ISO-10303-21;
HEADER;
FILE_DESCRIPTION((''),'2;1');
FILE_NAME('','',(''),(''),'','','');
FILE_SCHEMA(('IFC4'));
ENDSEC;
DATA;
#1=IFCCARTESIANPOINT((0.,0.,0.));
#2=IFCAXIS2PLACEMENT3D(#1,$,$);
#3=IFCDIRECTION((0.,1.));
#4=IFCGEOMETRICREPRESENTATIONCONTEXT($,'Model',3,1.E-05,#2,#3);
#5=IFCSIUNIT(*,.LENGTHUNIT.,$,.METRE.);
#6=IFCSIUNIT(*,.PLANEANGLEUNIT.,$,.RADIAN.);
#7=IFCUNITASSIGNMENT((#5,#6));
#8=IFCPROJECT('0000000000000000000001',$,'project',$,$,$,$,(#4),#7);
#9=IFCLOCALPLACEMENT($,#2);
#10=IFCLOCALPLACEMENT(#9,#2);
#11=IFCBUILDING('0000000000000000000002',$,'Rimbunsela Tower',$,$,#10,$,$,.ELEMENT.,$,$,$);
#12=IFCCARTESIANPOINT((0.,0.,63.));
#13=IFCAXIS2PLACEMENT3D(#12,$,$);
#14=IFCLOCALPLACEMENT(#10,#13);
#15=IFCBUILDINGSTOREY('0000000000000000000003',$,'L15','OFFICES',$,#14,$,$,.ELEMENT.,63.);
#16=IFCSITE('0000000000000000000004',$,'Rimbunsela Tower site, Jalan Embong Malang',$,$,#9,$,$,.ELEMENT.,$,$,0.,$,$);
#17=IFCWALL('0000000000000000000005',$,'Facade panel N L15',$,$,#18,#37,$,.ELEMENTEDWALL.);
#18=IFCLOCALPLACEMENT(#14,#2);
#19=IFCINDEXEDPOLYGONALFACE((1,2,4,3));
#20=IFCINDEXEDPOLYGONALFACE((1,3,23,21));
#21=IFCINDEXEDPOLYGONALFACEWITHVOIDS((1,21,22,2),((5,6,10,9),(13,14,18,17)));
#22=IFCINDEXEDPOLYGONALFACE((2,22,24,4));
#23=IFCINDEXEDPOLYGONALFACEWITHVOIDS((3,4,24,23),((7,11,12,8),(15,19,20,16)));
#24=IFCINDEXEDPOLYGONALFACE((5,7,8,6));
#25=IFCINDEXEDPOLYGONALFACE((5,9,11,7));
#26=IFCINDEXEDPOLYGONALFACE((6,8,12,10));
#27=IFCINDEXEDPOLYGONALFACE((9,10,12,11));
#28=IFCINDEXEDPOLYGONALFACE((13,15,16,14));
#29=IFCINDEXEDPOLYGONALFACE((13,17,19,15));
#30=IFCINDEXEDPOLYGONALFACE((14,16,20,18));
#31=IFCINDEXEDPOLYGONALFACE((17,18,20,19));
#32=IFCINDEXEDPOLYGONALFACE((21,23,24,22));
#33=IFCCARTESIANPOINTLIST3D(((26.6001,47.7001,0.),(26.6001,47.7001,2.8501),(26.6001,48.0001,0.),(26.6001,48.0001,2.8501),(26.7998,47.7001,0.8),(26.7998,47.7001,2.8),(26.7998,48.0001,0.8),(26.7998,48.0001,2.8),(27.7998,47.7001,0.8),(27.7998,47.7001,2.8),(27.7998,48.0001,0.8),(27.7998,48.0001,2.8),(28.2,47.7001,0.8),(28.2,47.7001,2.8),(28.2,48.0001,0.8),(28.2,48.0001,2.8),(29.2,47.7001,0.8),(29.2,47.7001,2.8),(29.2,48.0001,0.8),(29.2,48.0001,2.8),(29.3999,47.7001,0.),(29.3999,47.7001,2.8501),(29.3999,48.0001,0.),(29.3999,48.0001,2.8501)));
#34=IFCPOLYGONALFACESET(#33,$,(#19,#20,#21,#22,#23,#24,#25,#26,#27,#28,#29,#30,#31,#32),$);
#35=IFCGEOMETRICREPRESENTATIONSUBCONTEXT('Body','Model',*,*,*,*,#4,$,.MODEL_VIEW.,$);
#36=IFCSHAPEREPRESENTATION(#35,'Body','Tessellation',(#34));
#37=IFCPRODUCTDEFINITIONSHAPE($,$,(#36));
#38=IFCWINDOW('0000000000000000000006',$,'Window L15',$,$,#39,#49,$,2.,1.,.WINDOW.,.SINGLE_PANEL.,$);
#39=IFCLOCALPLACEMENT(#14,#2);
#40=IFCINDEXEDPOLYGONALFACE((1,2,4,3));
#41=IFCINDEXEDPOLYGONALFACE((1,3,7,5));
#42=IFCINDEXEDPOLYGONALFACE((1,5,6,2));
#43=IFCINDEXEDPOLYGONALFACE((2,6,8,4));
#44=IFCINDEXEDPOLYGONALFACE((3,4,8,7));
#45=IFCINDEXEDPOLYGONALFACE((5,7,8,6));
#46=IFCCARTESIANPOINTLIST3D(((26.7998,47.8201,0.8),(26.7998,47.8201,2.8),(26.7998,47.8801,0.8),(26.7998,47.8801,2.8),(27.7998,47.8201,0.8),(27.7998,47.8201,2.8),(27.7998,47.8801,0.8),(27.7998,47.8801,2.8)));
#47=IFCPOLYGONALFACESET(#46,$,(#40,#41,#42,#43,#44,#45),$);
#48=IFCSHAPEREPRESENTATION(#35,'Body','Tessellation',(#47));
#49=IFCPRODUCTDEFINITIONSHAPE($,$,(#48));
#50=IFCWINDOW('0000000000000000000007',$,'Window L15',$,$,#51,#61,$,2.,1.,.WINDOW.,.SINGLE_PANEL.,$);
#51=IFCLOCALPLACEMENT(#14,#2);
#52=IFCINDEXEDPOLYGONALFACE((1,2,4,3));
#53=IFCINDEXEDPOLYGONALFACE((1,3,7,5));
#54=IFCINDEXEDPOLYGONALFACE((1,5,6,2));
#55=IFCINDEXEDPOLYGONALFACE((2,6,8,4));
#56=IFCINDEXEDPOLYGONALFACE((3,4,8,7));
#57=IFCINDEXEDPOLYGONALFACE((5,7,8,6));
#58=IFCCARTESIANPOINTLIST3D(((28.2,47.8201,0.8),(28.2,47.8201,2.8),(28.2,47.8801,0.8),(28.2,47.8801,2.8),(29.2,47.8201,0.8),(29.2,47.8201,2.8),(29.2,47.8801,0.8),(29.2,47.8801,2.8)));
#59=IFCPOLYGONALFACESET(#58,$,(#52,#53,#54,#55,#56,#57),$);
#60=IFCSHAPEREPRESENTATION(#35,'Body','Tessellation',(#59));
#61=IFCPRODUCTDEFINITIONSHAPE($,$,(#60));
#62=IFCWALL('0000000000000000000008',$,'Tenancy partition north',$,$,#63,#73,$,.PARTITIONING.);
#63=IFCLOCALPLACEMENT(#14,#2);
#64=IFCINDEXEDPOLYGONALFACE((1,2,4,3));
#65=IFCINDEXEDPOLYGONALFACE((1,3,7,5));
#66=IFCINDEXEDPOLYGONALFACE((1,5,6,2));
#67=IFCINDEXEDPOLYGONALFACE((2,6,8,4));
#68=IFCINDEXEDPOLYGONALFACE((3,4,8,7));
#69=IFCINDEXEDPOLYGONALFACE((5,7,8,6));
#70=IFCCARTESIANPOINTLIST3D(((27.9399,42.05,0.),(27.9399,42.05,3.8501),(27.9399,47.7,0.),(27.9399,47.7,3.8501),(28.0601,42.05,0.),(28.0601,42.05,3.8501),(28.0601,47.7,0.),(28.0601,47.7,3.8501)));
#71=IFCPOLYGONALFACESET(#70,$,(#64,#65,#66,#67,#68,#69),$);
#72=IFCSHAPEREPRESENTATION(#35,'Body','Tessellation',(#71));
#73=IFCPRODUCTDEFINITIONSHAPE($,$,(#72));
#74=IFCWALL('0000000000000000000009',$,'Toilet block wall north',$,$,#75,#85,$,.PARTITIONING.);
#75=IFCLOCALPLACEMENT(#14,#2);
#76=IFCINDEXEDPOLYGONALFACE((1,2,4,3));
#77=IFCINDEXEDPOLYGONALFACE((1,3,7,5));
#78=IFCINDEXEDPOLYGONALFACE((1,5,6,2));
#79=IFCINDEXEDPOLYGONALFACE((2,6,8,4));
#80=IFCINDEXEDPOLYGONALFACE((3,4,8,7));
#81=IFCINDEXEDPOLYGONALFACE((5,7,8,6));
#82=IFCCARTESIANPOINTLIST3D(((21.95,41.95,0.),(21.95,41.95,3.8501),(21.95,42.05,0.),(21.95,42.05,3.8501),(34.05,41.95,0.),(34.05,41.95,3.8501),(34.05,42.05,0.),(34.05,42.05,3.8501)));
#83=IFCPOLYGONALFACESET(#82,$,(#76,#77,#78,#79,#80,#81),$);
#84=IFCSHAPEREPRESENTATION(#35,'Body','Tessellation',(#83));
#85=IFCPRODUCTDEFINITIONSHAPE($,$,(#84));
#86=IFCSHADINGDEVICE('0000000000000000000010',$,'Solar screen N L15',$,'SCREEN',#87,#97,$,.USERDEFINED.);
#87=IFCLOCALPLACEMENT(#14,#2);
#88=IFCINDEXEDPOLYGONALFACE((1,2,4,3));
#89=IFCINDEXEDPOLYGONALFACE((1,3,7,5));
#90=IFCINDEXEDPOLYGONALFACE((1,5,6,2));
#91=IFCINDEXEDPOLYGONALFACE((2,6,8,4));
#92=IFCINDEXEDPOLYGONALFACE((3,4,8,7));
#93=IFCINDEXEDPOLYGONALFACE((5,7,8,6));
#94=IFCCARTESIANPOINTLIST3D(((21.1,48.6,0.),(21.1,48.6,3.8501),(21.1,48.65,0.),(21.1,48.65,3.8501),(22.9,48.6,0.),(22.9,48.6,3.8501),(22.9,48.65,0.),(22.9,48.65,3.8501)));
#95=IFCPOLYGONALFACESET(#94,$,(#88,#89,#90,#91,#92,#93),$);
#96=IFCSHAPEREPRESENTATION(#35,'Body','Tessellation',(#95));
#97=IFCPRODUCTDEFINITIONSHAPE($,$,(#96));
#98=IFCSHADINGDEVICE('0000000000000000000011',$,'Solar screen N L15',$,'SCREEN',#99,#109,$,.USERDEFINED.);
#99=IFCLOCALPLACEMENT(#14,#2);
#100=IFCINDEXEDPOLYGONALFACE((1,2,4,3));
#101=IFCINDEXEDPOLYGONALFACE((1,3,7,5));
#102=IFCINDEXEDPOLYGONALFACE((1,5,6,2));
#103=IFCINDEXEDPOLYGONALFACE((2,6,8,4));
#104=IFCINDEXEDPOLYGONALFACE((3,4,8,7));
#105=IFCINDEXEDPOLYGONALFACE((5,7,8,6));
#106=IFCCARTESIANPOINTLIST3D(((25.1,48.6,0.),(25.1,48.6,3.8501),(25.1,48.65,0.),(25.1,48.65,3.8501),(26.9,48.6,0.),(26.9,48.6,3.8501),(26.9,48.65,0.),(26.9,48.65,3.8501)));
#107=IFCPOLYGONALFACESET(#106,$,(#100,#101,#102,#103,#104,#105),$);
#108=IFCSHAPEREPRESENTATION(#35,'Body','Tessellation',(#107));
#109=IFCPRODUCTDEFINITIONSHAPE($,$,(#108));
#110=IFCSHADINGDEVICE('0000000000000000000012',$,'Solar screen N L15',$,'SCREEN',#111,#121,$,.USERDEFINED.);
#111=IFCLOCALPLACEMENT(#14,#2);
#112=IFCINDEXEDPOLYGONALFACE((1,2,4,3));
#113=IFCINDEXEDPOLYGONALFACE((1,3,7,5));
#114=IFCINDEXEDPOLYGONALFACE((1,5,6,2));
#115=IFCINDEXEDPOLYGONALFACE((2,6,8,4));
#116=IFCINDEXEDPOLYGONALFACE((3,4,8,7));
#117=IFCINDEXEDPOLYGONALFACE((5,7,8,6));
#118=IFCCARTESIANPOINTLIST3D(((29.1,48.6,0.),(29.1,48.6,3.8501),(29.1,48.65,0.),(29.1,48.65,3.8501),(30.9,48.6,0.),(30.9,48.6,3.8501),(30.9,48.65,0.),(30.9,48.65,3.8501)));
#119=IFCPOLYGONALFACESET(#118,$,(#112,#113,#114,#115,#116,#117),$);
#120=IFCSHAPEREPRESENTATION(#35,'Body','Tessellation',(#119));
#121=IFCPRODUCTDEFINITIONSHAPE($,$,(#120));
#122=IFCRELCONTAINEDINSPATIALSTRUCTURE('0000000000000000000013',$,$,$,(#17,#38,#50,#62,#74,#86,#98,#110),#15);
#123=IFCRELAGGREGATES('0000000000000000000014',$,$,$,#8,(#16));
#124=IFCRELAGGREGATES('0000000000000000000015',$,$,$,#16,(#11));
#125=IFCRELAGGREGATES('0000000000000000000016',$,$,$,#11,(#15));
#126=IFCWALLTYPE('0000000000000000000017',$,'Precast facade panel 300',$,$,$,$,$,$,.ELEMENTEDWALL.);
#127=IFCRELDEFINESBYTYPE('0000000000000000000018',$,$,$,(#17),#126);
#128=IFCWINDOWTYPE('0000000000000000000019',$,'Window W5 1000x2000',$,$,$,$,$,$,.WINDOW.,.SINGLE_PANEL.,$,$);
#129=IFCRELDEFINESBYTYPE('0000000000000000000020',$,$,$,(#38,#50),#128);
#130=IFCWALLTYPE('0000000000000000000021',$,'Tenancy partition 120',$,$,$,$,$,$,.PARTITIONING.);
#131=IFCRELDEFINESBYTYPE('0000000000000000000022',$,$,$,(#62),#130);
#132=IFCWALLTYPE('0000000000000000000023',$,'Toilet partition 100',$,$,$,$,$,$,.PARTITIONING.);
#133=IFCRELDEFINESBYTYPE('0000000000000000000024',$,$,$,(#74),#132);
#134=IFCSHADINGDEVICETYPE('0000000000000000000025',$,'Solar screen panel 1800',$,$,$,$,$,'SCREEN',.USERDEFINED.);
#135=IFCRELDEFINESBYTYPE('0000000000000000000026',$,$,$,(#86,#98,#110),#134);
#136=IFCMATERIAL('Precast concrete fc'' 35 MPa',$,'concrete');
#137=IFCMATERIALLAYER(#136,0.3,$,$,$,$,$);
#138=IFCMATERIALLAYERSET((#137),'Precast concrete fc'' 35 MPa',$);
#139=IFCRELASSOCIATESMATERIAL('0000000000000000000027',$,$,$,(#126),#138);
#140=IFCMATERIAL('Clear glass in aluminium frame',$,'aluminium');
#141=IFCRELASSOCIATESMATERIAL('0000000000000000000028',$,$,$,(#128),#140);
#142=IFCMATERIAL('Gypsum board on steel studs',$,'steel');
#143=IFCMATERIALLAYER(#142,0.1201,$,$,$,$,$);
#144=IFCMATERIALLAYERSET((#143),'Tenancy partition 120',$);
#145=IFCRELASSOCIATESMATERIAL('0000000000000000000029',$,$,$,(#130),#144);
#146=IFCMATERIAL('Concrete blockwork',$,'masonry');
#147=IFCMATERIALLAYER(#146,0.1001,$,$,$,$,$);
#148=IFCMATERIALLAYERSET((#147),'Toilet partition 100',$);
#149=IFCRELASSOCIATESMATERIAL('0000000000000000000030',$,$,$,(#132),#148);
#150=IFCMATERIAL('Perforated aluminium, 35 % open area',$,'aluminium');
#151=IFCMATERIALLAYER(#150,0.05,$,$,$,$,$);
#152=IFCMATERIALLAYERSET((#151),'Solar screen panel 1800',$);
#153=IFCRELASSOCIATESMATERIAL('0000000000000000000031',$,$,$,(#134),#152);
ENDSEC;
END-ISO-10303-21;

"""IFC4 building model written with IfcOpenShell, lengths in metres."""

from ifc_helpers import new_model, si_unit, direction, frame, frame_2d, origin, origin_2d, place, context, subcontext, project, spatial, rectangle, extrude, material, layer, layer_set, type_object, element, fill, save


model = new_model("IFC4")

# Units and contexts
model_context = context("Model", 3, precision=1e-05, world=origin(), true_north=direction((0.0, 1.0)))
body_context = subcontext(model_context, "Body", "Model", "MODEL_VIEW")
ifc_project = project(units=[si_unit("LENGTHUNIT", "METRE"), si_unit("PLANEANGLEUNIT", "RADIAN")], contexts=[model_context])

# Site, building, storey
site_placement = place(None, origin())
site = spatial("IfcSite", under=ifc_project, at=site_placement, Name="Rimbunsela Tower site, Jalan Embong Malang", CompositionType="ELEMENT", RefElevation=0.0)
building_placement = place(site_placement, origin())
building = spatial("IfcBuilding", under=site, at=building_placement, Name="Rimbunsela Tower", CompositionType="ELEMENT")
storey_placement = place(building_placement, frame((0.0, 0.0, 63.0)))
storey = spatial("IfcBuildingStorey", under=building, at=storey_placement, Name="L15", Description="OFFICES", CompositionType="ELEMENT", Elevation=63.0)

# Shared definitions
ifc_material_1 = material(Name="Precast concrete fc' 35 MPa", Category="concrete")
ifc_layer_1 = layer(ifc_material_1, 0.3)
ifc_layer_set_1 = layer_set([ifc_layer_1], Name="Precast concrete fc' 35 MPa")
wall_type_1 = type_object("IfcWallType", Name="Precast facade panel 300", PredefinedType="ELEMENTEDWALL", material=ifc_layer_set_1)

# Wall, openings, windows
wall_1_placement = place(storey_placement, frame((29.3999, 47.8501, 0.0), z_axis=(0.0, 0.0, 1.0), x_axis=(-1.0, 0.0, 0.0)))
wall_1 = element("IfcWall", 1, at=wall_1_placement, inside=storey, type_object=wall_type_1, Name="Facade panel N L15", PredefinedType="ELEMENTEDWALL", context=body_context, shape_type="SweptSolid", body=[
    extrude(rectangle(XDim=2.7998, YDim=0.3, at=frame_2d((1.3999, 0.0))), origin(), (0.0, 0.0, 1.0), 2.8501),
])
opening_1_placement = place(wall_1_placement, frame((1.6001, 0.0, 0.8)))
opening_1 = element("IfcOpeningElement", 2, at=opening_1_placement, cuts=wall_1, PredefinedType="OPENING", context=body_context, shape_type="SweptSolid", body=[
    extrude(rectangle(XDim=1.0, YDim=2.0, at=frame_2d((0.5, 1.0))), frame((0.0, 0.1599, 0.0), z_axis=(0.0, -1.0, 0.0), x_axis=(1.0, 0.0, 0.0)), (0.0, 0.0, 1.0), 0.3201),
])
opening_2_placement = place(wall_1_placement, frame((0.2, 0.0, 0.8)))
opening_2 = element("IfcOpeningElement", 3, at=opening_2_placement, cuts=wall_1, PredefinedType="OPENING", context=body_context, shape_type="SweptSolid", body=[
    extrude(rectangle(XDim=1.0, YDim=2.0, at=frame_2d((0.5, 1.0))), frame((0.0, 0.1599, 0.0), z_axis=(0.0, -1.0, 0.0), x_axis=(1.0, 0.0, 0.0)), (0.0, 0.0, 1.0), 0.3201),
])
ifc_material_2 = material(Name="Clear glass in aluminium frame", Category="aluminium")
window_type_1 = type_object("IfcWindowType", Name="Window W5 1000x2000", PartitioningType="SINGLE_PANEL", PredefinedType="WINDOW", material=ifc_material_2)
window_1_placement = place(opening_1_placement, origin())
window_1 = element("IfcWindow", 4, at=window_1_placement, inside=storey, type_object=window_type_1, Name="Window L15", OverallHeight=2.0, OverallWidth=1.0, PartitioningType="SINGLE_PANEL", PredefinedType="WINDOW", context=body_context, shape_type="SweptSolid", body=[
    extrude(rectangle(XDim=1.0, YDim=2.0, at=frame_2d((0.5, 1.0))), frame((0.0, 0.03, 0.0), z_axis=(0.0, -1.0, 0.0), x_axis=(1.0, 0.0, 0.0)), (0.0, 0.0, 1.0), 0.0601),
])
fill(opening_1, window_1)
window_2_placement = place(opening_2_placement, origin())
window_2 = element("IfcWindow", 5, at=window_2_placement, inside=storey, type_object=window_type_1, Name="Window L15", OverallHeight=2.0, OverallWidth=1.0, PartitioningType="SINGLE_PANEL", PredefinedType="WINDOW", context=body_context, shape_type="SweptSolid", body=[
    extrude(rectangle(XDim=1.0, YDim=2.0, at=frame_2d((0.5, 1.0))), frame((0.0, 0.03, 0.0), z_axis=(0.0, -1.0, 0.0), x_axis=(1.0, 0.0, 0.0)), (0.0, 0.0, 1.0), 0.0601),
])
fill(opening_2, window_2)

# Walls
ifc_material_3 = material(Name="Gypsum board on steel studs", Category="steel")
ifc_layer_2 = layer(ifc_material_3, 0.1201)
ifc_layer_set_2 = layer_set([ifc_layer_2], Name="Tenancy partition 120")
wall_type_2 = type_object("IfcWallType", Name="Tenancy partition 120", PredefinedType="PARTITIONING", material=ifc_layer_set_2)
wall_2_placement = place(storey_placement, frame((28.0, 42.05, 0.0), z_axis=(0.0, 0.0, 1.0), x_axis=(0.0, 1.0, 0.0)))
element("IfcWall", 6, at=wall_2_placement, inside=storey, type_object=wall_type_2, Name="Tenancy partition north", PredefinedType="PARTITIONING", context=body_context, shape_type="SweptSolid", body=[
    extrude(rectangle(XDim=5.6499, YDim=0.1201, at=frame_2d((2.825, 0.0))), origin(), (0.0, 0.0, 1.0), 3.8501),
])
ifc_material_4 = material(Name="Concrete blockwork", Category="masonry")
ifc_layer_3 = layer(ifc_material_4, 0.1001)
ifc_layer_set_3 = layer_set([ifc_layer_3], Name="Toilet partition 100")
wall_type_3 = type_object("IfcWallType", Name="Toilet partition 100", PredefinedType="PARTITIONING", material=ifc_layer_set_3)
wall_3_placement = place(storey_placement, frame((21.95, 42.0, 0.0), z_axis=(0.0, 0.0, 1.0), x_axis=(1.0, 0.0, 0.0)))
element("IfcWall", 7, at=wall_3_placement, inside=storey, type_object=wall_type_3, Name="Toilet block wall north", PredefinedType="PARTITIONING", context=body_context, shape_type="SweptSolid", body=[
    extrude(rectangle(XDim=12.1001, YDim=0.1001, at=frame_2d((6.05, 0.0))), origin(), (0.0, 0.0, 1.0), 3.8501),
])

# Shading devices
ifc_material_5 = material(Name="Perforated aluminium, 35 % open area", Category="aluminium")
ifc_layer_4 = layer(ifc_material_5, 0.05)
ifc_layer_set_4 = layer_set([ifc_layer_4], Name="Solar screen panel 1800")
shading_device_type = type_object("IfcShadingDeviceType", Name="Solar screen panel 1800", ElementType="SCREEN", PredefinedType="USERDEFINED", material=ifc_layer_set_4)
for number, where, z_axis, x_axis, name in (
    (8, (22.0, 48.625, 0.0), (0.0, 0.0, 1.0), (1.0, 0.0, 0.0), "Solar screen N L15"),
    (9, (26.0, 48.625, 0.0), (0.0, 0.0, 1.0), (1.0, 0.0, 0.0), "Solar screen N L15"),
    (10, (30.0, 48.625, 0.0), (0.0, 0.0, 1.0), (1.0, 0.0, 0.0), "Solar screen N L15"),
):
    element("IfcShadingDevice", number, at=place(storey_placement, frame(where, z_axis=z_axis, x_axis=x_axis)), inside=storey, type_object=shading_device_type, Name=name, ObjectType="SCREEN", PredefinedType="USERDEFINED", context=body_context, shape_type="SweptSolid", body=[
        extrude(rectangle(XDim=1.8, YDim=0.05, at=origin_2d()), origin(), (0.0, 0.0, 1.0), 3.8501),
    ])

save(model, "model.ifc")
